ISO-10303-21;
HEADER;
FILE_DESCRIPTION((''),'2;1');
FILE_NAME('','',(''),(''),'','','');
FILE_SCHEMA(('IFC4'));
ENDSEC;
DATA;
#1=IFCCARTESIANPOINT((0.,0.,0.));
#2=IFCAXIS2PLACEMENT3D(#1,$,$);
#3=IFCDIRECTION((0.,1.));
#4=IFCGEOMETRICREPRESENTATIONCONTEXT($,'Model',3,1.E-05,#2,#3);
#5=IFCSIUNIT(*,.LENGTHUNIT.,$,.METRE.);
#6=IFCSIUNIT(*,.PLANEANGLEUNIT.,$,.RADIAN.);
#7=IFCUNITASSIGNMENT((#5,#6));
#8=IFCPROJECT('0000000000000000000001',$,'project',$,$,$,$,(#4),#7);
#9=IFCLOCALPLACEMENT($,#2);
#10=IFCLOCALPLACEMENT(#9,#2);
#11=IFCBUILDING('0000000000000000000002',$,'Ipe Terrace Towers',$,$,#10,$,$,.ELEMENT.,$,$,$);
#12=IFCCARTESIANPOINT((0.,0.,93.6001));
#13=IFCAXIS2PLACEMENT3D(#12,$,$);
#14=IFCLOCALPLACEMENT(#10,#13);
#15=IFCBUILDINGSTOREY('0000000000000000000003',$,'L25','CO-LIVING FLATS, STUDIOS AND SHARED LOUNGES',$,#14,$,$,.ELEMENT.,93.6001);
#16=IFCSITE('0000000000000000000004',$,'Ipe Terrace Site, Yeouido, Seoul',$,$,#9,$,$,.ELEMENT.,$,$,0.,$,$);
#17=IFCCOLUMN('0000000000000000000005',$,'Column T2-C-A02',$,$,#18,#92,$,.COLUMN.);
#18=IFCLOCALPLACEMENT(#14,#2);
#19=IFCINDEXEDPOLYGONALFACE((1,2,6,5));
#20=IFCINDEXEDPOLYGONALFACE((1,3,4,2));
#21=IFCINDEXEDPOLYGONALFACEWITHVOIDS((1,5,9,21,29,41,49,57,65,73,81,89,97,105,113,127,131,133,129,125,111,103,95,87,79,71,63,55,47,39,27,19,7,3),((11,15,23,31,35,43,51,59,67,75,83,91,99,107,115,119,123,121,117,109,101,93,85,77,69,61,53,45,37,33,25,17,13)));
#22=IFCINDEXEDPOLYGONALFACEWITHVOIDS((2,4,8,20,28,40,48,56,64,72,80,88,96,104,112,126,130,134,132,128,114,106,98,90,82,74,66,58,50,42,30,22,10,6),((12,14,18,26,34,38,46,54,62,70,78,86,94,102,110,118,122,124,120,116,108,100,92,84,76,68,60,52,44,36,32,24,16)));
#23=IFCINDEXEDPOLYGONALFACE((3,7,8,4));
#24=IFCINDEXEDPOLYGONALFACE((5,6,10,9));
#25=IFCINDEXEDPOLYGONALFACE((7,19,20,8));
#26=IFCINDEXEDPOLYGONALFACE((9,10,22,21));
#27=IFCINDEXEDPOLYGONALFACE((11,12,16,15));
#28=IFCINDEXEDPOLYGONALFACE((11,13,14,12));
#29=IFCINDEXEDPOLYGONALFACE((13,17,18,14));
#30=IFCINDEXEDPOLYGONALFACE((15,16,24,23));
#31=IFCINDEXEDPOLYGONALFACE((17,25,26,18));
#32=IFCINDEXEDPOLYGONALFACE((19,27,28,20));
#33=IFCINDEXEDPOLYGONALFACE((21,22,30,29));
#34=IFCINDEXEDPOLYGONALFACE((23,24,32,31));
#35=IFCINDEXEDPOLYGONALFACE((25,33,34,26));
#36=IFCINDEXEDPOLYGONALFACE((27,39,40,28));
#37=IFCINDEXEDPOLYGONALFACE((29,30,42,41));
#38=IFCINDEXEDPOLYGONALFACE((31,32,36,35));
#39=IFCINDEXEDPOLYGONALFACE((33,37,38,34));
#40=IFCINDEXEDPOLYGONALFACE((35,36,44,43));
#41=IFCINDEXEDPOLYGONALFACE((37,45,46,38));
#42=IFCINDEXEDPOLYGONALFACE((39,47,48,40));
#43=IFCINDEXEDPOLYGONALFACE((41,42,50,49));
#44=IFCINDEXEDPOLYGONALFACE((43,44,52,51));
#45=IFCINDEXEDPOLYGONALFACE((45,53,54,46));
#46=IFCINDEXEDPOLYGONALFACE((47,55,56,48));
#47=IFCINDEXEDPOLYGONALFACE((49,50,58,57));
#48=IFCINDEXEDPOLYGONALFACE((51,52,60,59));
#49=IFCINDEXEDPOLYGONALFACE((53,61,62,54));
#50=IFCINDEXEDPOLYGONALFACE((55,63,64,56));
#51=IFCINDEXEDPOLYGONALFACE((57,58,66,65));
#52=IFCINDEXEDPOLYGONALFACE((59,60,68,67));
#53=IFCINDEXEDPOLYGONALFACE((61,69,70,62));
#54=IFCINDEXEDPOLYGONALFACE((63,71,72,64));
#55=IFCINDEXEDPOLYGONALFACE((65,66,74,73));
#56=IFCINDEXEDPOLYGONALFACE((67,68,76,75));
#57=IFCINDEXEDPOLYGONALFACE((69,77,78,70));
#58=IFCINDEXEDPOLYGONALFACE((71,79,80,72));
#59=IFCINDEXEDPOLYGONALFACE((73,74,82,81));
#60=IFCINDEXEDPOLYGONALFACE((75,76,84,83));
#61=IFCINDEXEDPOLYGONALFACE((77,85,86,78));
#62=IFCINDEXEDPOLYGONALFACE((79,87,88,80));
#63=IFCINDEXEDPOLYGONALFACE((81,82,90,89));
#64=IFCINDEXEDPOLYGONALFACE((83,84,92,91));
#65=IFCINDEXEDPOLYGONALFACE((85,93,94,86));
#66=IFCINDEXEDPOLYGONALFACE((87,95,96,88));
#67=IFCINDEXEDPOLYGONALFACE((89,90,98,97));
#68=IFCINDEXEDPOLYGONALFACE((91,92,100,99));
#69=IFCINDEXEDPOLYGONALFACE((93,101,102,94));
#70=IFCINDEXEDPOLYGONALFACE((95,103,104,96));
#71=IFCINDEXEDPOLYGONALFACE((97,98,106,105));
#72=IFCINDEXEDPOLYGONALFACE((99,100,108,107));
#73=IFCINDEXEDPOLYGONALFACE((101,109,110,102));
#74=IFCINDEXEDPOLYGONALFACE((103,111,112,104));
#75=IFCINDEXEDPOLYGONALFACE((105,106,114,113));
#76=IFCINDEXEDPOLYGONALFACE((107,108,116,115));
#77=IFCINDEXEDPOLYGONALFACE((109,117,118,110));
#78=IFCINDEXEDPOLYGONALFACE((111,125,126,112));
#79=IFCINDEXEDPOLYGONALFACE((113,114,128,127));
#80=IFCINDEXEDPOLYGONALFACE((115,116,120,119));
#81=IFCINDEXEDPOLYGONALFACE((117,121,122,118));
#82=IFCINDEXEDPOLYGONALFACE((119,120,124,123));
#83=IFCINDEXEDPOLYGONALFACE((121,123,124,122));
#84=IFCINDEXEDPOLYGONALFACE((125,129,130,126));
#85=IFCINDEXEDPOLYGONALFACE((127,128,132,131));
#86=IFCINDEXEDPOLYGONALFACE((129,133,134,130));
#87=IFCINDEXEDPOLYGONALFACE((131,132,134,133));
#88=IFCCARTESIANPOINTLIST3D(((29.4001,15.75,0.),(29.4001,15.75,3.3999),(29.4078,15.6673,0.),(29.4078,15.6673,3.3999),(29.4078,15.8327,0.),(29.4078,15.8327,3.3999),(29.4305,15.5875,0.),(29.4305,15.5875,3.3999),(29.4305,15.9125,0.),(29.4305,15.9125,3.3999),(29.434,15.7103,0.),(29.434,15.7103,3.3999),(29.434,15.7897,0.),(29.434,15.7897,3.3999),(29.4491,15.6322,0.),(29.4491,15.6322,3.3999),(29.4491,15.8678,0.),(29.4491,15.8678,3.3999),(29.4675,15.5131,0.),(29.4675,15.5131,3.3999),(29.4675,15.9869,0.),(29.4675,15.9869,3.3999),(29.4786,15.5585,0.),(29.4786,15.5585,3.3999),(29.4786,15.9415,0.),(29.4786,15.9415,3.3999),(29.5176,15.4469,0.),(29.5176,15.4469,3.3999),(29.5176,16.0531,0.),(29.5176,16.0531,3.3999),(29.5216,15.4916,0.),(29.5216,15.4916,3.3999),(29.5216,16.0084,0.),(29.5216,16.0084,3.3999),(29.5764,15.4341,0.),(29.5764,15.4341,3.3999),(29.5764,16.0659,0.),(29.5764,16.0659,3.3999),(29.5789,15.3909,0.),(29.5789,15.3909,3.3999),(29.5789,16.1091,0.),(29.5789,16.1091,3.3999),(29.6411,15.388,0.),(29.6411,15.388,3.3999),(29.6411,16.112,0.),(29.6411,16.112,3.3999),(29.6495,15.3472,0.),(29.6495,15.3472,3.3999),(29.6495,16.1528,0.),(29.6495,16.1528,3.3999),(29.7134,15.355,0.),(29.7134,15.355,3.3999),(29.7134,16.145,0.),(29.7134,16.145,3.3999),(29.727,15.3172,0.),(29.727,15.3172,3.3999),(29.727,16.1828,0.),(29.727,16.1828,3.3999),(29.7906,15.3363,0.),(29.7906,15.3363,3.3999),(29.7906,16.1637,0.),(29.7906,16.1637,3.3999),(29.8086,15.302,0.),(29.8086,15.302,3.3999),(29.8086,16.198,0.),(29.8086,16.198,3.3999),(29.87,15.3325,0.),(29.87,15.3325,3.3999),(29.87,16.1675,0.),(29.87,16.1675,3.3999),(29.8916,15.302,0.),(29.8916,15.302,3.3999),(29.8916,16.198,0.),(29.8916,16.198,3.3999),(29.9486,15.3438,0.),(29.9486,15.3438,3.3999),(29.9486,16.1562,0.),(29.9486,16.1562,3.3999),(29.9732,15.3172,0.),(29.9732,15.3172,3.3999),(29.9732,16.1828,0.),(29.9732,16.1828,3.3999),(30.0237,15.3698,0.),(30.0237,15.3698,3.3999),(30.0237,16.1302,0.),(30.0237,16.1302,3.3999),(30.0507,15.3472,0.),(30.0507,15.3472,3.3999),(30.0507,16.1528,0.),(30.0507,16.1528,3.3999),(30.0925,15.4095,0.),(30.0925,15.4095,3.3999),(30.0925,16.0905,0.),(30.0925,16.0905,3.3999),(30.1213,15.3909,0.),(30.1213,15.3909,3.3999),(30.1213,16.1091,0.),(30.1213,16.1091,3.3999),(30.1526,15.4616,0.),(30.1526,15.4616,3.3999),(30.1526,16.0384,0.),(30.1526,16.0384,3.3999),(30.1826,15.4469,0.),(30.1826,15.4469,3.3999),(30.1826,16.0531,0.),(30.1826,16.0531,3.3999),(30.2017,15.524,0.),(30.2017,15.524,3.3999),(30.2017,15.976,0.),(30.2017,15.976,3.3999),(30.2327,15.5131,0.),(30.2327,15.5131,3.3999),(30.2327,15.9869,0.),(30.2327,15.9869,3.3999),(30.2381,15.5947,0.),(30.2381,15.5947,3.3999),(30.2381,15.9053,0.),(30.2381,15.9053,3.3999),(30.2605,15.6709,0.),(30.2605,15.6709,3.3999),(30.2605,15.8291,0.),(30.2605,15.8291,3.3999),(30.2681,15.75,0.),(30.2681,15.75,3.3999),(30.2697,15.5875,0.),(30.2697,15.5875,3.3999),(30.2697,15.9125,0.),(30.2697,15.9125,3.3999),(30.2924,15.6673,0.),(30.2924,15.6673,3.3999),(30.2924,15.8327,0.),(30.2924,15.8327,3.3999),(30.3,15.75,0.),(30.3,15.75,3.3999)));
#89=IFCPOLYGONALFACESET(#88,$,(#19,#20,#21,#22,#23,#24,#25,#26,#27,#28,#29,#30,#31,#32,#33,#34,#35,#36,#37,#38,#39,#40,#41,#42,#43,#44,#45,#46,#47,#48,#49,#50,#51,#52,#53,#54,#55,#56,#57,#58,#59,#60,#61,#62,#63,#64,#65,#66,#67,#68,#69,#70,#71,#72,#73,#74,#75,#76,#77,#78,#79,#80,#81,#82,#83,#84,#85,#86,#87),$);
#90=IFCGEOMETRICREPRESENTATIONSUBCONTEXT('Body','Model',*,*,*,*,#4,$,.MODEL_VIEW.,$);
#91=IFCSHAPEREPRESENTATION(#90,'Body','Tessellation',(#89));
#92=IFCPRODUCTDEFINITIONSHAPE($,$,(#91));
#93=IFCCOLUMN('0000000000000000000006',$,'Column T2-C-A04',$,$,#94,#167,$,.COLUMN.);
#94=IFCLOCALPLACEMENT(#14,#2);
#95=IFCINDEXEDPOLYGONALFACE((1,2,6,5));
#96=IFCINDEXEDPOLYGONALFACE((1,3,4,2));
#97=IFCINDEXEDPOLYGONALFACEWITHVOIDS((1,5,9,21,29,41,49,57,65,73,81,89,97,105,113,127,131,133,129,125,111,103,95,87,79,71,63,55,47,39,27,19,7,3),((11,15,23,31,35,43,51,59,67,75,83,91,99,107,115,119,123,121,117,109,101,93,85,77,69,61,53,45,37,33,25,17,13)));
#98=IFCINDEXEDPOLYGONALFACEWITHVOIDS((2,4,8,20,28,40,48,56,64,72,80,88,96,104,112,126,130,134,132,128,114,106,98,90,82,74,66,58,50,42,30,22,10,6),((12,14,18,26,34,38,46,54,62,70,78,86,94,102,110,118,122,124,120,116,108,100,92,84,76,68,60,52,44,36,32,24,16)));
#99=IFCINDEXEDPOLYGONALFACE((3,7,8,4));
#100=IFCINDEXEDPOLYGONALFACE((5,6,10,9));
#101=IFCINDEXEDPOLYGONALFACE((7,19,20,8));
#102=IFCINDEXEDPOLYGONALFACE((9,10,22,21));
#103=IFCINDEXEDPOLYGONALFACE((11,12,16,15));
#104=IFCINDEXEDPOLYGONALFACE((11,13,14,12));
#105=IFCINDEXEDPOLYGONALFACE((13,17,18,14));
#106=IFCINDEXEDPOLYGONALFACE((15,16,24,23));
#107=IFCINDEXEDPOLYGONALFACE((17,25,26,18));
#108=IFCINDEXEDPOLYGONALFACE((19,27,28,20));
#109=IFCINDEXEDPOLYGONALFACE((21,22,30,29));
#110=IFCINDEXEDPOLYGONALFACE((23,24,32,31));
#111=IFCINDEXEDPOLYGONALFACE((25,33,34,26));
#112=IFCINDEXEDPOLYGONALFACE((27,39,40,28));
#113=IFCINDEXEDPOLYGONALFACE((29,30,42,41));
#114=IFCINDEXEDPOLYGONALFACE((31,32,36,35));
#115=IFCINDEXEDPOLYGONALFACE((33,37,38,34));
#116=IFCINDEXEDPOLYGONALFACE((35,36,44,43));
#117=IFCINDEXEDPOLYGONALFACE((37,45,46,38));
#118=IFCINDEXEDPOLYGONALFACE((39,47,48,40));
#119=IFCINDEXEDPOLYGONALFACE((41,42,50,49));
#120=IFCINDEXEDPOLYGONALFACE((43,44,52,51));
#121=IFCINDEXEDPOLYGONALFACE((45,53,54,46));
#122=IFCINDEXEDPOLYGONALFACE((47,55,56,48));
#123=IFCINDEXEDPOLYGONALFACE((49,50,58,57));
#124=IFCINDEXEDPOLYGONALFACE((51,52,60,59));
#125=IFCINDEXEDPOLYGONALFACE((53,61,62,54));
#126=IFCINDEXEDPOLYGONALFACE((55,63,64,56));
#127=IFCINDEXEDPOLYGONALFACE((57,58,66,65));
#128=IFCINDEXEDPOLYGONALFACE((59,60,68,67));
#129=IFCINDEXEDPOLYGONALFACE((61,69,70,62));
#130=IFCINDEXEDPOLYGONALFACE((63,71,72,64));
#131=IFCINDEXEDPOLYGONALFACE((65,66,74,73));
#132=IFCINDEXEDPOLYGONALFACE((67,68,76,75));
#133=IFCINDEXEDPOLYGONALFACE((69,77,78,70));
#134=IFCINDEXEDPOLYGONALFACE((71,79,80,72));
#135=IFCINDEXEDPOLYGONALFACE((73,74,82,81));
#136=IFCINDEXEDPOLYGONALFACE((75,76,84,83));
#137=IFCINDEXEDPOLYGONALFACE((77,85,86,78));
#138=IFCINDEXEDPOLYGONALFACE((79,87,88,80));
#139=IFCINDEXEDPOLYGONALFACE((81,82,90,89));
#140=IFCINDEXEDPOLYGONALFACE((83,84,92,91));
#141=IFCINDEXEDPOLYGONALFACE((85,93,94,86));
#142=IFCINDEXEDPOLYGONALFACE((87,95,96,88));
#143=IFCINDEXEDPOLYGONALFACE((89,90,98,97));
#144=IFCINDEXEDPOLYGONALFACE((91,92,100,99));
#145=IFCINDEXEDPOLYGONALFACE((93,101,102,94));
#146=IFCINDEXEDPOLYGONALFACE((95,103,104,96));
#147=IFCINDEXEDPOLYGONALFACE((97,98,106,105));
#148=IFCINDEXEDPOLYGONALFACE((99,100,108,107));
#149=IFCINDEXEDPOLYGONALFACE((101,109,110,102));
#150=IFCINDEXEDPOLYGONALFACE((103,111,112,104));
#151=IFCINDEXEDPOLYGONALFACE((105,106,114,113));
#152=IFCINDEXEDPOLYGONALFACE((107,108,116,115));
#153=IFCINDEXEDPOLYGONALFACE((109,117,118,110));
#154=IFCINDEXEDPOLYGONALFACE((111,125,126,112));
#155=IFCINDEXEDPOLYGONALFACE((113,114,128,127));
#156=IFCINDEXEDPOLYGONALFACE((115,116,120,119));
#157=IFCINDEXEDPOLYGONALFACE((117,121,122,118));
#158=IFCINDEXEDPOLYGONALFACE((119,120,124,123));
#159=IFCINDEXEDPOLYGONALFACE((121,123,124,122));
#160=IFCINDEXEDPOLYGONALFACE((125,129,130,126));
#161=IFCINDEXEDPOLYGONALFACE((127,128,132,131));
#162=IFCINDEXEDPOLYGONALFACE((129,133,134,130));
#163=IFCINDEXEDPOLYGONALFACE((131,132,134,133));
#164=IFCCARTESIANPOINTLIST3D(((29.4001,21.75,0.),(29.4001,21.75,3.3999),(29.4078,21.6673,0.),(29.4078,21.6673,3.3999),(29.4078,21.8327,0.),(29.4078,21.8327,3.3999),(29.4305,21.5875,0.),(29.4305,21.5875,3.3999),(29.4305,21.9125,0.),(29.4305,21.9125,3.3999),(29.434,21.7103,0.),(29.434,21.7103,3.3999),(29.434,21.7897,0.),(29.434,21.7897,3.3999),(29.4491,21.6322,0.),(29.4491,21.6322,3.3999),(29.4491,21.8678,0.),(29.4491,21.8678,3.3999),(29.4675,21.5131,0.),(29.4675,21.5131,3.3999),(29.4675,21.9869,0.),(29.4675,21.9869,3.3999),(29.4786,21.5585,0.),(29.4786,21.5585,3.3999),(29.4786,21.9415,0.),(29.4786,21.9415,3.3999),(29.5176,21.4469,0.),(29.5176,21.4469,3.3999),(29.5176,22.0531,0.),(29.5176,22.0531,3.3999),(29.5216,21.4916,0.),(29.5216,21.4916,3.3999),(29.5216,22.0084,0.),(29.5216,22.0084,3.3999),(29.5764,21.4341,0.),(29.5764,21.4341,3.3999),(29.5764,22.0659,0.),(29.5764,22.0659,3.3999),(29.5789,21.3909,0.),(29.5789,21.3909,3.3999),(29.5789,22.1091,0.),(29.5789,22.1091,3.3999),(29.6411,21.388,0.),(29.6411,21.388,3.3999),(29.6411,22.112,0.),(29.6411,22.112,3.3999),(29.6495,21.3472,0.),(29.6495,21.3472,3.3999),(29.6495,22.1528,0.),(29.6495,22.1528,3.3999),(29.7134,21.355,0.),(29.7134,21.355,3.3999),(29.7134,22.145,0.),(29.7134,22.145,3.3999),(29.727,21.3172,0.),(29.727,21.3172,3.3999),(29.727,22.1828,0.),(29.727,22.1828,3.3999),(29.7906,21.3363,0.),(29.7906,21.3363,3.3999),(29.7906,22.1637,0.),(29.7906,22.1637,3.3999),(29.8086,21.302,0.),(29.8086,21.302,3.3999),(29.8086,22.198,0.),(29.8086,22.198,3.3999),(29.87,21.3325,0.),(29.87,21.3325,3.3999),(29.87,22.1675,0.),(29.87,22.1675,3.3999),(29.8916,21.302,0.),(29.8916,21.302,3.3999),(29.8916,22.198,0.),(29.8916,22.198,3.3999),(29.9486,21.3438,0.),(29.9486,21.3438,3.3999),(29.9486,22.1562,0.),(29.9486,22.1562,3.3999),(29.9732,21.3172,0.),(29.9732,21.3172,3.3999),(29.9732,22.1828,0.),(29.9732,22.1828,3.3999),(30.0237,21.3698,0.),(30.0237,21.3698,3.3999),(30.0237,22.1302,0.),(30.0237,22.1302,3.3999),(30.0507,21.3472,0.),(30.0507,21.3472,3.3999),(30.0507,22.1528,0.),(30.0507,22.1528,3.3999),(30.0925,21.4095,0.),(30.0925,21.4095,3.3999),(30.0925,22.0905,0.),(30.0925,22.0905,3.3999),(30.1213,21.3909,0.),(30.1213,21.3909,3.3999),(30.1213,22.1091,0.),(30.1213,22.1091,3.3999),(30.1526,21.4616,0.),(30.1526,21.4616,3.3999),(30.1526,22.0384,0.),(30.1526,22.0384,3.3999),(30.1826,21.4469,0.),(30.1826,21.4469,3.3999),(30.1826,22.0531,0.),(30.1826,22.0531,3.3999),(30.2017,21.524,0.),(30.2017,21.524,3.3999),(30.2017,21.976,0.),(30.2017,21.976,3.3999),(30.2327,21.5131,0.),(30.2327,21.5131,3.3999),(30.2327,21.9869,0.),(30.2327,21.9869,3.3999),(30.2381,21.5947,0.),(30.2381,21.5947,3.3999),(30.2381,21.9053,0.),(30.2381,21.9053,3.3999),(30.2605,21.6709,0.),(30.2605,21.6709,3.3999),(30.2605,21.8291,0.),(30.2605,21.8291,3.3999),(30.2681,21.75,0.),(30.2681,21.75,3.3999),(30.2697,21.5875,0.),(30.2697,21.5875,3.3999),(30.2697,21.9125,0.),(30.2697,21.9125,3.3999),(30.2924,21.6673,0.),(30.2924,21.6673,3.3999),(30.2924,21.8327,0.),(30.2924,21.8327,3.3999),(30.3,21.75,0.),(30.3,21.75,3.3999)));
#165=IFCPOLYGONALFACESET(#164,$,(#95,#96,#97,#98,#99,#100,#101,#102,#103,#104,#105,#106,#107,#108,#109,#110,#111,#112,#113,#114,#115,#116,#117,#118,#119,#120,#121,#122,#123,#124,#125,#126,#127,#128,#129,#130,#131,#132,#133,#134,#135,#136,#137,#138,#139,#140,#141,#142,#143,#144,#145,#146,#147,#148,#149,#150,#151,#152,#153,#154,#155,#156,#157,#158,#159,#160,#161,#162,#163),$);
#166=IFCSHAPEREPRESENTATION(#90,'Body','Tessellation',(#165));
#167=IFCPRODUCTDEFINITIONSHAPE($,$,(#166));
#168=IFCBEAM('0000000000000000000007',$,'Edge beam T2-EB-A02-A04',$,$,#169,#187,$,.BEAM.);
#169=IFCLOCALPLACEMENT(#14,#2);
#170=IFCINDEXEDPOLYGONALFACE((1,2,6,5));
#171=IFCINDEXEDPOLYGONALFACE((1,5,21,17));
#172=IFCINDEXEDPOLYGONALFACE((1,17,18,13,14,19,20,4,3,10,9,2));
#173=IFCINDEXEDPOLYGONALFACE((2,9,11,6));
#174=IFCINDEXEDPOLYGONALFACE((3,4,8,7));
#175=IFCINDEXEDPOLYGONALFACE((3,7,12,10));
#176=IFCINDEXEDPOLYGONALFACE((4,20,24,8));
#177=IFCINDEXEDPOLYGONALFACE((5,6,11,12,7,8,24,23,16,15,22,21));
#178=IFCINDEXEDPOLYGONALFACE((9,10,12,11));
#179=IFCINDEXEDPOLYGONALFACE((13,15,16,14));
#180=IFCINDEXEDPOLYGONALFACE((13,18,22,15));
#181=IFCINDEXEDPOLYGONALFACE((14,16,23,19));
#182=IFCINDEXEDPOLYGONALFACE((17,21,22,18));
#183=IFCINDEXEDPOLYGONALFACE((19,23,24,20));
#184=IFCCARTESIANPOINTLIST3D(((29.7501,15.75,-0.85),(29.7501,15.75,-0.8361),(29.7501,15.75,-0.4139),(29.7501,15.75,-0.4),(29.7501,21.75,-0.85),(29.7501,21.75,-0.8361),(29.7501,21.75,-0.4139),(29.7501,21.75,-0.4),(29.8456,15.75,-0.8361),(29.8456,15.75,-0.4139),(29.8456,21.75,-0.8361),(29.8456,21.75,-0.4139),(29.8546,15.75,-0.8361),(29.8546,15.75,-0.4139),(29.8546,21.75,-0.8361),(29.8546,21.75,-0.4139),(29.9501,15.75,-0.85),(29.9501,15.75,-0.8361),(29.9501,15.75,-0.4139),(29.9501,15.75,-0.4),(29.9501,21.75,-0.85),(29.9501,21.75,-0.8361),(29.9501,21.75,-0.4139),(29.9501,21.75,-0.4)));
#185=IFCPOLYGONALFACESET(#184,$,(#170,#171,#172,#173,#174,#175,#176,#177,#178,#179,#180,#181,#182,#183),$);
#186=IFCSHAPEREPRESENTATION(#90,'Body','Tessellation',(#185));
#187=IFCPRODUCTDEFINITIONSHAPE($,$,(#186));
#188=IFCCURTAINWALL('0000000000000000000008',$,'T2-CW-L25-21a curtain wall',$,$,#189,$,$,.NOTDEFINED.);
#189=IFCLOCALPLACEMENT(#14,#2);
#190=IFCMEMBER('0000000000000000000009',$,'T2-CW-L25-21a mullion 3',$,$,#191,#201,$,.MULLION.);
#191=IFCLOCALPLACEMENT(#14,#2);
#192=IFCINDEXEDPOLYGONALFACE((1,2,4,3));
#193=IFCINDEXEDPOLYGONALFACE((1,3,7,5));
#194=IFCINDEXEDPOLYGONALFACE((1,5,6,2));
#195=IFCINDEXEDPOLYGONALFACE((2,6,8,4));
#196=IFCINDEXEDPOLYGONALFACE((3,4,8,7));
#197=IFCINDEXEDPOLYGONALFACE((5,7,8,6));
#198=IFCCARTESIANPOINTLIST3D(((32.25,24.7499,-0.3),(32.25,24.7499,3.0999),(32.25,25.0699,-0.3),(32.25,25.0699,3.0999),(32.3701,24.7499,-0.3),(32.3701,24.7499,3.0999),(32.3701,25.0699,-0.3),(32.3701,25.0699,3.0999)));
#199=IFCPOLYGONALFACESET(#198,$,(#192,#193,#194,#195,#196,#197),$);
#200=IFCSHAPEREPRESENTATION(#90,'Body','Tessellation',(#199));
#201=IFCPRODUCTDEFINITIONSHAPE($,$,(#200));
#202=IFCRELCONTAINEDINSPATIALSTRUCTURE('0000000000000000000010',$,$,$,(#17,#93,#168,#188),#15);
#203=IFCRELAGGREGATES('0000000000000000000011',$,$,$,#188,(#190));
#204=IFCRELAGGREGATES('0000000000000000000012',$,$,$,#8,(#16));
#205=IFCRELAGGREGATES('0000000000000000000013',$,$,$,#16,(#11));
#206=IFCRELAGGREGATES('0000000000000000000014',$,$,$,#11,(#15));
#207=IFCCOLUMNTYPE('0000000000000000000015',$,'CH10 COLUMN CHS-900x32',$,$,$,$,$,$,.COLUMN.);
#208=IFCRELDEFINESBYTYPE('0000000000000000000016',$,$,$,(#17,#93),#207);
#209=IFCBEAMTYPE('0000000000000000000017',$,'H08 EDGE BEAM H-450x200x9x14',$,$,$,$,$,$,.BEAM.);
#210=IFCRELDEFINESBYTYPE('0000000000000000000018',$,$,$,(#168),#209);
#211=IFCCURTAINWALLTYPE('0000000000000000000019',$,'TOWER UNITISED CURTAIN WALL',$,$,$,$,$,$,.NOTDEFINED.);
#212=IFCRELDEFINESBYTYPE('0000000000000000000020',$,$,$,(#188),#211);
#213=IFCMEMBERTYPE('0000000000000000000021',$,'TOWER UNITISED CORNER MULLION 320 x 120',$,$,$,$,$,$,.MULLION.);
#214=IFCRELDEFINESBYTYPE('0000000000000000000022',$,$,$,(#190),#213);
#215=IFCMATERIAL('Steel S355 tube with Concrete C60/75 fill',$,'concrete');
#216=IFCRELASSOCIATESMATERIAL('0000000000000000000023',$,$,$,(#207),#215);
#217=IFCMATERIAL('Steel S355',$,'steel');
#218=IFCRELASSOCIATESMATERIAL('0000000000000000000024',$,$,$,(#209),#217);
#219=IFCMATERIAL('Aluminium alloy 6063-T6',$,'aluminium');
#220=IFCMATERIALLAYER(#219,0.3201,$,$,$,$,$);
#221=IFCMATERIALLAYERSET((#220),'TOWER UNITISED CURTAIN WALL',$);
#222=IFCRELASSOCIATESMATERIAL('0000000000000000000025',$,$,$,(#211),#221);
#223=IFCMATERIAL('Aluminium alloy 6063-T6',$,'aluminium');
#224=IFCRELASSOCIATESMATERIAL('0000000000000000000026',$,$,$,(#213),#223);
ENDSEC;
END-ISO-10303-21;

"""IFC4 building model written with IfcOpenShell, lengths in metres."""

from ifc_helpers import new_model, si_unit, direction, frame, origin, origin_2d, place, context, subcontext, project, spatial, rectangle, hollow_circle, i_section, extrude, material, layer, layer_set, material_profile, profile_set, type_object, element, aggregate, save


model = new_model("IFC4")

# Units and contexts
model_context = context("Model", 3, precision=1e-05, world=origin(), true_north=direction((0.0, 1.0)))
body_context = subcontext(model_context, "Body", "Model", "MODEL_VIEW")
ifc_project = project(units=[si_unit("LENGTHUNIT", "METRE"), si_unit("PLANEANGLEUNIT", "RADIAN")], contexts=[model_context])

# Site, building, storey
site_placement = place(None, origin())
site = spatial("IfcSite", under=ifc_project, at=site_placement, Name="Ipe Terrace Site, Yeouido, Seoul", CompositionType="ELEMENT", RefElevation=0.0)
building_placement = place(site_placement, origin())
building = spatial("IfcBuilding", under=site, at=building_placement, Name="Ipe Terrace Towers", CompositionType="ELEMENT")
storey_placement = place(building_placement, frame((0.0, 0.0, 93.6001)))
storey = spatial("IfcBuildingStorey", under=building, at=storey_placement, Name="L25", Description="CO-LIVING FLATS, STUDIOS AND SHARED LOUNGES", CompositionType="ELEMENT", Elevation=93.6001)

# Columns
ifc_material_1 = material(Name="Steel S355 tube with Concrete C60/75 fill", Category="concrete")
ifc_material_profile_1 = material_profile(ifc_material_1, hollow_circle(Radius=0.45, WallThickness=0.032, at=origin_2d()), Name="CHS-900x32")
ifc_profile_set_1 = profile_set([ifc_material_profile_1], Name="Steel S355 tube with Concrete C60/75 fill")
column_type = type_object("IfcColumnType", Name="CH10 COLUMN CHS-900x32", PredefinedType="COLUMN", material=ifc_profile_set_1)
for number, where, z_axis, x_axis, name in (
    (1, (29.8501, 15.75, 0.0), (0.0, 0.0, 1.0), (1.0, 0.0, 0.0), "Column T2-C-A02"),
    (2, (29.8501, 21.75, 0.0), (0.0, 0.0, 1.0), (1.0, 0.0, 0.0), "Column T2-C-A04"),
):
    element("IfcColumn", number, at=place(storey_placement, frame(where, z_axis=z_axis, x_axis=x_axis)), inside=storey, type_object=column_type, Name=name, PredefinedType="COLUMN", context=body_context, shape_type="SweptSolid", body=[
        extrude(hollow_circle(Radius=0.45, WallThickness=0.032, at=origin_2d()), origin(), (0.0, 0.0, 1.0), 3.3999),
    ])

# Beam
ifc_material_2 = material(Name="Steel S355", Category="steel")
ifc_material_profile_2 = material_profile(ifc_material_2, i_section(OverallWidth=0.2, OverallDepth=0.45, WebThickness=0.009, FlangeThickness=0.0139, at=origin_2d()), Name="H-450x200x9x14")
ifc_profile_set_2 = profile_set([ifc_material_profile_2], Name="Steel S355")
beam_type = type_object("IfcBeamType", Name="H08 EDGE BEAM H-450x200x9x14", PredefinedType="BEAM", material=ifc_profile_set_2)
beam_placement = place(storey_placement, frame((29.8501, 15.75, -0.625), z_axis=(0.0, 1.0, 0.0), x_axis=(-1.0, 0.0, 0.0)))
element("IfcBeam", 3, at=beam_placement, inside=storey, type_object=beam_type, Name="Edge beam T2-EB-A02-A04", PredefinedType="BEAM", context=body_context, shape_type="SweptSolid", body=[
    extrude(i_section(OverallWidth=0.2, OverallDepth=0.45, WebThickness=0.009, FlangeThickness=0.0139, at=origin_2d()), origin(), (0.0, 0.0, 1.0), 6.0),
])

# Curtain wall, member
ifc_material_3 = material(Name="Aluminium alloy 6063-T6", Category="aluminium")
ifc_layer_1 = layer(ifc_material_3, 0.3201)
ifc_layer_set_1 = layer_set([ifc_layer_1], Name="TOWER UNITISED CURTAIN WALL")
curtain_wall_type = type_object("IfcCurtainWallType", Name="TOWER UNITISED CURTAIN WALL", PredefinedType="NOTDEFINED", material=ifc_layer_set_1)
curtain_wall_1_placement = place(storey_placement, origin())
curtain_wall_1 = element("IfcCurtainWall", 4, at=curtain_wall_1_placement, inside=storey, type_object=curtain_wall_type, Name="T2-CW-L25-21a curtain wall", PredefinedType="NOTDEFINED")
ifc_material_4 = material(Name="Aluminium alloy 6063-T6", Category="aluminium")
ifc_material_profile_3 = material_profile(ifc_material_4, rectangle(XDim=0.3201, YDim=0.1201, at=origin_2d()), Name="TOWER UNITISED CORNER MULLION 320 x 120")
ifc_profile_set_3 = profile_set([ifc_material_profile_3], Name="Aluminium alloy 6063-T6")
member_type = type_object("IfcMemberType", Name="TOWER UNITISED CORNER MULLION 320 x 120", PredefinedType="MULLION", material=ifc_profile_set_3)
member_1_placement = place(storey_placement, frame((32.3101, 24.9099, -0.3), z_axis=(0.0, 0.0, 1.0), x_axis=(0.0, 1.0, 0.0)))
member_1 = element("IfcMember", 5, at=member_1_placement, type_object=member_type, Name="T2-CW-L25-21a mullion 3", PredefinedType="MULLION", context=body_context, shape_type="SweptSolid", body=[
    extrude(rectangle(XDim=0.3201, YDim=0.1201, at=origin_2d()), origin(), (0.0, 0.0, 1.0), 3.3999),
])

aggregate(curtain_wall_1, [member_1])

save(model, "model.ifc")
